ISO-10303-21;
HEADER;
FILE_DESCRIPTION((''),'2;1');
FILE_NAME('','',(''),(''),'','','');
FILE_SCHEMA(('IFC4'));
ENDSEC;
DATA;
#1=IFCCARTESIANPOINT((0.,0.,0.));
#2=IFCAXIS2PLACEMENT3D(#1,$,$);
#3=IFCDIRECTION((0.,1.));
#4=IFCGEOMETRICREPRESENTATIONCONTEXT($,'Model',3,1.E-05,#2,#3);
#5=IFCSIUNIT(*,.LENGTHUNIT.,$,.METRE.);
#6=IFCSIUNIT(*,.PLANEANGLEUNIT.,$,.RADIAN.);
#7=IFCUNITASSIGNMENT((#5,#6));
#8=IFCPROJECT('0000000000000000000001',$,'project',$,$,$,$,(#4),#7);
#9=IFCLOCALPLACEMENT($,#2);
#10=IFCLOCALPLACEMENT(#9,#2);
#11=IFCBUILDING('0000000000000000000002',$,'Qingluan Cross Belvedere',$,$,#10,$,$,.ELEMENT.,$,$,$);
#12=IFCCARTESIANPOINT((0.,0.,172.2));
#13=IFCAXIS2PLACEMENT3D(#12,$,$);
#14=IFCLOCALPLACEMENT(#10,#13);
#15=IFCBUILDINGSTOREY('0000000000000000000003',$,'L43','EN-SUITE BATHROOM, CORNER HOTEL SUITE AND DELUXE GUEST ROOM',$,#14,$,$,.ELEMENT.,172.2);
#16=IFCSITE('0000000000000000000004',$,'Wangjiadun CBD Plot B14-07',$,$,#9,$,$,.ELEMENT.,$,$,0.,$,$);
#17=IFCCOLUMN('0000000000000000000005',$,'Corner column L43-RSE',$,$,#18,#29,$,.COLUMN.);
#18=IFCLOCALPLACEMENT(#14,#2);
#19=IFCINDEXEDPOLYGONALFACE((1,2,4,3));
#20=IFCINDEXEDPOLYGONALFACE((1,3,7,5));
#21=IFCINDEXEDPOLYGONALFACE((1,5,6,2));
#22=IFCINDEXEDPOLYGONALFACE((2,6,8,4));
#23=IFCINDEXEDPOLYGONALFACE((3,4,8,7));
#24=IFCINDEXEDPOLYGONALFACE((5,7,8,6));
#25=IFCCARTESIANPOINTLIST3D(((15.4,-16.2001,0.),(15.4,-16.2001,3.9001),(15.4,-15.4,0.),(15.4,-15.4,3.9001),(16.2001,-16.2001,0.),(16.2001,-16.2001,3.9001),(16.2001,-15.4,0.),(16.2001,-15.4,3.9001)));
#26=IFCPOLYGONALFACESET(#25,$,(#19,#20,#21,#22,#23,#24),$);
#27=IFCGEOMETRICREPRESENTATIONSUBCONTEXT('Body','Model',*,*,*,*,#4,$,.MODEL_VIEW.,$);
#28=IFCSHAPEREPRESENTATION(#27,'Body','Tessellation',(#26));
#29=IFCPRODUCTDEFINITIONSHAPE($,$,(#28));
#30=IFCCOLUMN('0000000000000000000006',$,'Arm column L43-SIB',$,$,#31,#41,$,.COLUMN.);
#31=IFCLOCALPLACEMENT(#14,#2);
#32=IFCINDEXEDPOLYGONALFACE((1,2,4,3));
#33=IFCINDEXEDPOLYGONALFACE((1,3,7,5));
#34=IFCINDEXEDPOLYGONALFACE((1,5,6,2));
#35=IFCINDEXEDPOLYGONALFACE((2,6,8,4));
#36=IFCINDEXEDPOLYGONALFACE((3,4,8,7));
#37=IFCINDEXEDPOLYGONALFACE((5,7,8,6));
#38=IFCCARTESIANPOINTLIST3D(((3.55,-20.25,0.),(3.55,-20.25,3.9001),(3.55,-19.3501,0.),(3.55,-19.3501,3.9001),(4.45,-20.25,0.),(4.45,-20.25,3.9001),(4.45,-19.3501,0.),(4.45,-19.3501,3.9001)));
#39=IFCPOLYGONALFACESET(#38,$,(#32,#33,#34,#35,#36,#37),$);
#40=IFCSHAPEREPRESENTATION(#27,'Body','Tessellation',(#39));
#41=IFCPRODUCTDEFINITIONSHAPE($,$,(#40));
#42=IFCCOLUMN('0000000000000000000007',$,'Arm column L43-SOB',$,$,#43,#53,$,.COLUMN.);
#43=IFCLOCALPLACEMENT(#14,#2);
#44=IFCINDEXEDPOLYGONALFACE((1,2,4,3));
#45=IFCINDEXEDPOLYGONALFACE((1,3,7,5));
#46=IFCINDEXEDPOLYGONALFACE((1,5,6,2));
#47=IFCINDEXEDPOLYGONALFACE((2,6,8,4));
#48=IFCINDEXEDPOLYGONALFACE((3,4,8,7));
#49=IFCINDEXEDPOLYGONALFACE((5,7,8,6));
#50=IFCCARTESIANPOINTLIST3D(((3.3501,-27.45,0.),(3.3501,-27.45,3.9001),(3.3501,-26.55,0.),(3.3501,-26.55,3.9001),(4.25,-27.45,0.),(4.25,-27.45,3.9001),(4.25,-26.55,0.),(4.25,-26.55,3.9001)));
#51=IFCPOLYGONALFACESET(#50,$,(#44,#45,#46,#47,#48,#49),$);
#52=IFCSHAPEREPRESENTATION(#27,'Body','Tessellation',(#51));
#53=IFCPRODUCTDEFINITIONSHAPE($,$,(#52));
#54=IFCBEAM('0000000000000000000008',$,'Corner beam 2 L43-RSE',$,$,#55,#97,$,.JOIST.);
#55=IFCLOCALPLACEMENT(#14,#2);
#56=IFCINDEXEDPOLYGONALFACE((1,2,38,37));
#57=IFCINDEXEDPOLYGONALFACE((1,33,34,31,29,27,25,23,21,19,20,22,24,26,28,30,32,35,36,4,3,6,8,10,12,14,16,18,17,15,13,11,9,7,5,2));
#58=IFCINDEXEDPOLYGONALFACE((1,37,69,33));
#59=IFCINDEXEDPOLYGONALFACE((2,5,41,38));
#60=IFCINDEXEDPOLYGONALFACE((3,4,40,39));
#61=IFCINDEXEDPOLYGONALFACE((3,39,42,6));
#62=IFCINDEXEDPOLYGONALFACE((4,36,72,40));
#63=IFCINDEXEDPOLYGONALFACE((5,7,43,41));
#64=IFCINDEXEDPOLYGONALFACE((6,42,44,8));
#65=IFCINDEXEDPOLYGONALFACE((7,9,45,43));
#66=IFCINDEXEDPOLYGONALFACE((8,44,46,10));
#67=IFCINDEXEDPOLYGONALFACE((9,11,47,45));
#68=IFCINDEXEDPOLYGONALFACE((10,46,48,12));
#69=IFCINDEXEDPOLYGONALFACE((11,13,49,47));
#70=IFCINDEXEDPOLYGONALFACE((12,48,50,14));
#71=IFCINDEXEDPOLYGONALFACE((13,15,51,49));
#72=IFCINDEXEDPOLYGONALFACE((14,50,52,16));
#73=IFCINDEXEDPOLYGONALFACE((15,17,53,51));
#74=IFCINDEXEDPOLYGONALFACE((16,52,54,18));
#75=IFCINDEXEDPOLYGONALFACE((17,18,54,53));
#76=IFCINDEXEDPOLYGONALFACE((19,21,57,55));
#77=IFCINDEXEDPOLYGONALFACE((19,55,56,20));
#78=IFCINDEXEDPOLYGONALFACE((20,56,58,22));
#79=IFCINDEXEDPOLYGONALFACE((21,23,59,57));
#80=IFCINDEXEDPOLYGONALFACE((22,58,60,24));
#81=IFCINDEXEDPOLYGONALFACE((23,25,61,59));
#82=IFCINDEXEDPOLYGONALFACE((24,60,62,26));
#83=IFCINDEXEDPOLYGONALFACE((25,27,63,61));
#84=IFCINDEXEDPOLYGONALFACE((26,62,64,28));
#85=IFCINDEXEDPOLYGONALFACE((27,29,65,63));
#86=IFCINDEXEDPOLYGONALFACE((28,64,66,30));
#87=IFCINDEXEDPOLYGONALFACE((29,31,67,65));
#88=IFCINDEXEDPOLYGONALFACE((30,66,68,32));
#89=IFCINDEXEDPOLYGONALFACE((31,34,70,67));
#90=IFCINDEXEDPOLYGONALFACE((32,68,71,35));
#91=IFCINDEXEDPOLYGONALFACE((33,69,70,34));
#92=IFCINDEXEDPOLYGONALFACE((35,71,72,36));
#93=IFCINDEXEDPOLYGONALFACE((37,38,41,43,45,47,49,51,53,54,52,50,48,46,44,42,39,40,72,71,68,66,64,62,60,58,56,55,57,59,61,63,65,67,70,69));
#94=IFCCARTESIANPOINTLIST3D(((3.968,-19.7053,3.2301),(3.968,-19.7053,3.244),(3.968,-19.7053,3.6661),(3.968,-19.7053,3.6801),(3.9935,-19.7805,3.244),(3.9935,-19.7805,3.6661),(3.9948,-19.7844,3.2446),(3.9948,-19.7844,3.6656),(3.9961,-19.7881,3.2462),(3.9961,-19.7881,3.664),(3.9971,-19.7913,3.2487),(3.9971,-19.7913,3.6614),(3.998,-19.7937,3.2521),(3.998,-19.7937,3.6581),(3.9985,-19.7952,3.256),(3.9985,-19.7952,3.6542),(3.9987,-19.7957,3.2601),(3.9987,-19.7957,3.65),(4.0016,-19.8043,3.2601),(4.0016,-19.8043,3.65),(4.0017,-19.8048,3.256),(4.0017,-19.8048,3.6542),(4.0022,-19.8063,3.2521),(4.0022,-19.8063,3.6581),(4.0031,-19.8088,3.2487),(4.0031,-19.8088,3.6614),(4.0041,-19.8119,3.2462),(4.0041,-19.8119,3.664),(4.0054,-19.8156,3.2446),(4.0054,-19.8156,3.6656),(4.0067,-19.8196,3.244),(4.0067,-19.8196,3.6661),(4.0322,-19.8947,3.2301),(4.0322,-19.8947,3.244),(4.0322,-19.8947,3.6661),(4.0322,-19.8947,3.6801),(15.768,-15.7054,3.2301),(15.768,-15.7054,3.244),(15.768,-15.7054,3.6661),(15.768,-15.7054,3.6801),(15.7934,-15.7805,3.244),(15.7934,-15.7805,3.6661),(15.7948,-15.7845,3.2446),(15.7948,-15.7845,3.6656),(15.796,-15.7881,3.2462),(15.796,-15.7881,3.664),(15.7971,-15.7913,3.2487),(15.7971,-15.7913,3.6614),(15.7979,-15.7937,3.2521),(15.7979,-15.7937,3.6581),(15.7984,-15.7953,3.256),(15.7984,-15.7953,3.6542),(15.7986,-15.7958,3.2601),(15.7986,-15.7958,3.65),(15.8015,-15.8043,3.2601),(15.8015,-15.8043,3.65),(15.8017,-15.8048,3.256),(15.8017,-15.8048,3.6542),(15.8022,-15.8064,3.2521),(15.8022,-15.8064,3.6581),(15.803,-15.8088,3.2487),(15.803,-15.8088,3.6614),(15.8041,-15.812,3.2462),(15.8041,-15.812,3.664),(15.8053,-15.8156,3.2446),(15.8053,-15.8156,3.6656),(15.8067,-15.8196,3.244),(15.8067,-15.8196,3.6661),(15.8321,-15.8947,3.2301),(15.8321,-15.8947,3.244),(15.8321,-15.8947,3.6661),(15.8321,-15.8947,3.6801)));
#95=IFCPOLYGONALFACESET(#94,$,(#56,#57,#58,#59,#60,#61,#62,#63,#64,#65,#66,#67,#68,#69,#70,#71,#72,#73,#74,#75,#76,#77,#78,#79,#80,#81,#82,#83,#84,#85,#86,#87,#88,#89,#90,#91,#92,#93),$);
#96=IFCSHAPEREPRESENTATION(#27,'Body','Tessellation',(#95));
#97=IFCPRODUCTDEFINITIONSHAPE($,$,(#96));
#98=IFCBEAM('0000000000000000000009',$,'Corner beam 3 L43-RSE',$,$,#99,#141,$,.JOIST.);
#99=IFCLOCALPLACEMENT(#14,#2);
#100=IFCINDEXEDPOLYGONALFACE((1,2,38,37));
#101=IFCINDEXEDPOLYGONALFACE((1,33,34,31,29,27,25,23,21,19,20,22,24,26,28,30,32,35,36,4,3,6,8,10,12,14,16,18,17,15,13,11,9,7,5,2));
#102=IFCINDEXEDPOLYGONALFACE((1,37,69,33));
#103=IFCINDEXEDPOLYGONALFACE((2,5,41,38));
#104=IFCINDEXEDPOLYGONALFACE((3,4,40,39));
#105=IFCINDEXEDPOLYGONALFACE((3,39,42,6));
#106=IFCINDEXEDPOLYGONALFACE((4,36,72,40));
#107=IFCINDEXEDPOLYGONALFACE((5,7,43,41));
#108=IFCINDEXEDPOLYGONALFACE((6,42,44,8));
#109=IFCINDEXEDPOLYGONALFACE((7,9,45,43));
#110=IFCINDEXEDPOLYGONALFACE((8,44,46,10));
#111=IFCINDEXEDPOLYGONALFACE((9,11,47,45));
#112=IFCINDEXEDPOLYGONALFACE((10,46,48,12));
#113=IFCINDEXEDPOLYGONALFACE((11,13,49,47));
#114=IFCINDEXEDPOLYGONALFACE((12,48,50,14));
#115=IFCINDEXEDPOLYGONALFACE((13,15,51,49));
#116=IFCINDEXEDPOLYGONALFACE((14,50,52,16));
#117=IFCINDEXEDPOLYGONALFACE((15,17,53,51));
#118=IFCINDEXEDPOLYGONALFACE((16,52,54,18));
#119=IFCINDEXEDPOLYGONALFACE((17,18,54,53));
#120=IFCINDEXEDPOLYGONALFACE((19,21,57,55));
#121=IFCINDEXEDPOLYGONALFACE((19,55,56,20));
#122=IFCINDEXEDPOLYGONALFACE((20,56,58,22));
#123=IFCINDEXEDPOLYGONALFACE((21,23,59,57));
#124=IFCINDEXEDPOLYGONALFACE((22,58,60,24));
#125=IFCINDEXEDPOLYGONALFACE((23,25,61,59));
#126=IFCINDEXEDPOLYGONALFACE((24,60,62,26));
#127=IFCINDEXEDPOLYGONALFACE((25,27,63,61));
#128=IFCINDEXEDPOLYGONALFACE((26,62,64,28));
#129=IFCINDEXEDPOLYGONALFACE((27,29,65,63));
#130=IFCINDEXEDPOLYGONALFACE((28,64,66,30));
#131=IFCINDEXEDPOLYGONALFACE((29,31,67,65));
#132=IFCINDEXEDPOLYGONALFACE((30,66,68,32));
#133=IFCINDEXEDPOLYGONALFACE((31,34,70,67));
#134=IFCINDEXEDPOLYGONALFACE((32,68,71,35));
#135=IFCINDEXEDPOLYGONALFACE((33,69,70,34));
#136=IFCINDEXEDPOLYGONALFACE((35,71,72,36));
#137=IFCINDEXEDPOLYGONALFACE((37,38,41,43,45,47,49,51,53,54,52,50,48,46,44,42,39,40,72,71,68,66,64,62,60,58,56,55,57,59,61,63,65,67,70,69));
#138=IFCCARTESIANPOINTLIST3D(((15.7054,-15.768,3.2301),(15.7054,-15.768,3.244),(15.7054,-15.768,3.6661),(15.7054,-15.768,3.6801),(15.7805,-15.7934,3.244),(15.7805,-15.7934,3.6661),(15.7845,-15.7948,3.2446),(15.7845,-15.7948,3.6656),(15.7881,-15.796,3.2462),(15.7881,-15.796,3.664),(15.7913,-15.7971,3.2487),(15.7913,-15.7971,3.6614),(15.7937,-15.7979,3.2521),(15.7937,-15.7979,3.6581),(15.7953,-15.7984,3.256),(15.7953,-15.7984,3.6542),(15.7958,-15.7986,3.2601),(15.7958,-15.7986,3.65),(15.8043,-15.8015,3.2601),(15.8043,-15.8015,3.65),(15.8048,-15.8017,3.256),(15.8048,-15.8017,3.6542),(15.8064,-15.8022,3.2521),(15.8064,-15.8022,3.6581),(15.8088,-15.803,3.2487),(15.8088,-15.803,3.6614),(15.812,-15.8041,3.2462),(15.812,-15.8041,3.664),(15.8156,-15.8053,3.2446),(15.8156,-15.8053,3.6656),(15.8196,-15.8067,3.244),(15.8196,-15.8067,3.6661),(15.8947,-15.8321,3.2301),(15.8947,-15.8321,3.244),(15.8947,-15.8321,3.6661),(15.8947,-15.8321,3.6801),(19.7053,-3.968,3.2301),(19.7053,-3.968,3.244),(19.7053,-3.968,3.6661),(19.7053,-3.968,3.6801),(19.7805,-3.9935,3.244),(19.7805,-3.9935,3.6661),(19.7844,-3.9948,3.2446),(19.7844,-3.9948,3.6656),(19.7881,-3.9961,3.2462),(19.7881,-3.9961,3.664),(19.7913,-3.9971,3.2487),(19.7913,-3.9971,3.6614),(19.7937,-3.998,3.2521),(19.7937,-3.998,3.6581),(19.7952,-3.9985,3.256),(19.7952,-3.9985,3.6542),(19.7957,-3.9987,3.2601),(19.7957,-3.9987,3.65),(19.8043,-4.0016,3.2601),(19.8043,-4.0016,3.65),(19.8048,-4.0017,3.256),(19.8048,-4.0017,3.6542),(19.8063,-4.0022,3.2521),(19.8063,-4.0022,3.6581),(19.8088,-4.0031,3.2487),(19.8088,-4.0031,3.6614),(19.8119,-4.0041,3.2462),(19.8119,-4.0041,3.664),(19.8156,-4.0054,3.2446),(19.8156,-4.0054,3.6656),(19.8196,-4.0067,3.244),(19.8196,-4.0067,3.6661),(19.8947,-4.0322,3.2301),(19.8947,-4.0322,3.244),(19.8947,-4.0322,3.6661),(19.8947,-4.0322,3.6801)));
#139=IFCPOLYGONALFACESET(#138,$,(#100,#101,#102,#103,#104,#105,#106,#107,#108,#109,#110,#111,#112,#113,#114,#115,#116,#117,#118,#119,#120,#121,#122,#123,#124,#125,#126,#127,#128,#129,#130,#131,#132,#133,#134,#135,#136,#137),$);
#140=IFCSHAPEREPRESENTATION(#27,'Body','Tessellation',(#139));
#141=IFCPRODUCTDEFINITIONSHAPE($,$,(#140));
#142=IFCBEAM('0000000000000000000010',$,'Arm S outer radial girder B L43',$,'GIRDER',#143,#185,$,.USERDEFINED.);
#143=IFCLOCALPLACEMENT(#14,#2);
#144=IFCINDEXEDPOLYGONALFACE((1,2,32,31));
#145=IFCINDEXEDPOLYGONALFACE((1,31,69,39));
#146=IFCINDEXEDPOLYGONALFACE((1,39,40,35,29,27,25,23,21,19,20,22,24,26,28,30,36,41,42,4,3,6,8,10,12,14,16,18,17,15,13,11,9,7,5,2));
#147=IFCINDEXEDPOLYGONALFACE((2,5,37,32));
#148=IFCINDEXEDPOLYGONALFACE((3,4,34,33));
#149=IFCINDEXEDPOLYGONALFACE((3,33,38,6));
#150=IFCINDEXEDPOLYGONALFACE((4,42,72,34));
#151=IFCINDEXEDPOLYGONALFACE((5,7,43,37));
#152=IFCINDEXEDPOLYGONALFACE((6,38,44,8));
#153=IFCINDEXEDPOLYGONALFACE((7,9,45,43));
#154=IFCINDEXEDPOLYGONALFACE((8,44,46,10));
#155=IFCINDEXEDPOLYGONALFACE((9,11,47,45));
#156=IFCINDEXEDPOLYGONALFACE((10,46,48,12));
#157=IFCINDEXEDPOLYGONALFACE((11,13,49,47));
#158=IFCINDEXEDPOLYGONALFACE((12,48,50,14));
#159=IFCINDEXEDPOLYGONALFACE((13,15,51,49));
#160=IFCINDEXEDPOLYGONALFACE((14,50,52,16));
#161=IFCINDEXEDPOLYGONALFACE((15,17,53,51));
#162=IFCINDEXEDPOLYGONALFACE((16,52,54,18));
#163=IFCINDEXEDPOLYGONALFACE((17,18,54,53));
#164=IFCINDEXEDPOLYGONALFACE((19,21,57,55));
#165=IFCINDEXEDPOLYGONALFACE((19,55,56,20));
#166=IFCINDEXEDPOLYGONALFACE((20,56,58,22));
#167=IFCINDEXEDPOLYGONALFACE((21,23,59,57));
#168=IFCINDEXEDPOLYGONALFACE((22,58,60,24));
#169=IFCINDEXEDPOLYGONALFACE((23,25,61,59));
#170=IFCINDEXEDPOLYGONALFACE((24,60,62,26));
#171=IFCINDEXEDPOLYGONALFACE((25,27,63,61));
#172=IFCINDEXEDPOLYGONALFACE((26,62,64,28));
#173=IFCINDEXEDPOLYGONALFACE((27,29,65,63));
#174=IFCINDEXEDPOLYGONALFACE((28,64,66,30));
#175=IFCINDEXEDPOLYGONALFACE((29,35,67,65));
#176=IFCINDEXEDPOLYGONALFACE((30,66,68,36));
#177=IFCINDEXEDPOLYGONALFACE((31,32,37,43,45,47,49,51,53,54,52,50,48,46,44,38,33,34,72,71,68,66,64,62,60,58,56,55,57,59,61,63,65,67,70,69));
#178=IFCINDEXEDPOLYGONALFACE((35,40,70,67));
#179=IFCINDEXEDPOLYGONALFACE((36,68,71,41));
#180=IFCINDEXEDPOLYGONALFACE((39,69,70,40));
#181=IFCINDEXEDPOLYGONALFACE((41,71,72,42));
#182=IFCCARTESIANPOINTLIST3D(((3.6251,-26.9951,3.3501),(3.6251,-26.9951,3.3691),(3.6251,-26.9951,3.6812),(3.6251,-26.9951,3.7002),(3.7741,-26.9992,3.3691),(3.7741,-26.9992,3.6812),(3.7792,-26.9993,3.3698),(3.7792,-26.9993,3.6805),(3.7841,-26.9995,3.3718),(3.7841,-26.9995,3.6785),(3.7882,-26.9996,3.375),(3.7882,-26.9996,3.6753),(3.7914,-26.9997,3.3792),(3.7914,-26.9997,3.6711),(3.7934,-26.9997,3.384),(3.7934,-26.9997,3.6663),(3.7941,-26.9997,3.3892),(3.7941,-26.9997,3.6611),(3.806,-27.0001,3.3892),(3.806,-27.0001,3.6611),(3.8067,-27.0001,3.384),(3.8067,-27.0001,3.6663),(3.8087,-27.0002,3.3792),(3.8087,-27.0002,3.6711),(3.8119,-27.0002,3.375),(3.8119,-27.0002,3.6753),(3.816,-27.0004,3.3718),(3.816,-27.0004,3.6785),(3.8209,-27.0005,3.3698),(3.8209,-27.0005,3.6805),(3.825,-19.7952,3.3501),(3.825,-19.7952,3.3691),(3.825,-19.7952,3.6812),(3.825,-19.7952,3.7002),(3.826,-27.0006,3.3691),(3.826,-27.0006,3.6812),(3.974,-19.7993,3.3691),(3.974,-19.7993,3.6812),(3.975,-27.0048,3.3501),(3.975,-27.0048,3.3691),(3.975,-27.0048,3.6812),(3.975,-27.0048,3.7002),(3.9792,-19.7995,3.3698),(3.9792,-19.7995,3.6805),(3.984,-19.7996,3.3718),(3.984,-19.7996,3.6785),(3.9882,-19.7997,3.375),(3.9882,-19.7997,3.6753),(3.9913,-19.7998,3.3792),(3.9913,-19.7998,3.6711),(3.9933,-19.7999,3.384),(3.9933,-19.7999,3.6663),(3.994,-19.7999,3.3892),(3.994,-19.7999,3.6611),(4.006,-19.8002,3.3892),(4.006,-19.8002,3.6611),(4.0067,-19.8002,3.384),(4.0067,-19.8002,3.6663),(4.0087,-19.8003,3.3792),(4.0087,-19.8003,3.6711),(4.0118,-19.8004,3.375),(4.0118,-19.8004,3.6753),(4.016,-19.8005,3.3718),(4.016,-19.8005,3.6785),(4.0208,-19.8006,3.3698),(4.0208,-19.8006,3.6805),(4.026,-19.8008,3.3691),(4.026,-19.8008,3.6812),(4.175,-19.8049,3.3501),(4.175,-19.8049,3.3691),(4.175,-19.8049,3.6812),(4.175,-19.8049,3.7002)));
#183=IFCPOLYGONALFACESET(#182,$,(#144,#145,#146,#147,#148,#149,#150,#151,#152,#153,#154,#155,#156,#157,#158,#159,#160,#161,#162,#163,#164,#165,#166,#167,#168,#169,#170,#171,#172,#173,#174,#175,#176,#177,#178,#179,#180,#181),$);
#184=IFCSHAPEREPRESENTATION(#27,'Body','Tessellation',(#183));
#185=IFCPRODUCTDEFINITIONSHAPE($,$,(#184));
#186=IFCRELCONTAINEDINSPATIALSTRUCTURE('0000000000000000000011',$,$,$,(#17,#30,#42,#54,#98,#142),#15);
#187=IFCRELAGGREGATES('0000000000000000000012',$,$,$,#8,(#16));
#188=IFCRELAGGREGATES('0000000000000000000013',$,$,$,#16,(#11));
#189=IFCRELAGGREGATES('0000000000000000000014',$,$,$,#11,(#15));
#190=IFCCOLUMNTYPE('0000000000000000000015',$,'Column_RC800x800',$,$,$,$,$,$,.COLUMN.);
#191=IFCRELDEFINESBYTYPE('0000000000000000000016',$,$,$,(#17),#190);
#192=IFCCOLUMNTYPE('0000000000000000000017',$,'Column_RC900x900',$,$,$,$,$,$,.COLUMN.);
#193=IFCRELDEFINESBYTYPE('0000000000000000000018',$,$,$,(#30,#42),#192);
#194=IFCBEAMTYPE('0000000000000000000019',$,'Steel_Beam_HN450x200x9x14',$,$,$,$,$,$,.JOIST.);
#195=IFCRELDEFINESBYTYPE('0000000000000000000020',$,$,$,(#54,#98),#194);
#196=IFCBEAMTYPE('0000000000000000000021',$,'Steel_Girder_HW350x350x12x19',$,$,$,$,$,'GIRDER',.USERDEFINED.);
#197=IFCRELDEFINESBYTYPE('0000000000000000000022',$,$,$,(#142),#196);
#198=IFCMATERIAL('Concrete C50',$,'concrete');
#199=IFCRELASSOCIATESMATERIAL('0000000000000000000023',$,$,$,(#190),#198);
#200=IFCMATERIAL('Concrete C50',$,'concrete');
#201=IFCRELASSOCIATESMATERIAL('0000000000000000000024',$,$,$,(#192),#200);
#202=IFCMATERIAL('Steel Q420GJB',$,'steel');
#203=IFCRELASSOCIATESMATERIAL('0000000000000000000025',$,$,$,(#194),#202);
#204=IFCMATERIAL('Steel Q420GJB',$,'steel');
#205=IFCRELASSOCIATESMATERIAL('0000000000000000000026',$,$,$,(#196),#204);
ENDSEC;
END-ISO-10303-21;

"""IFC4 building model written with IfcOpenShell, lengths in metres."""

from ifc_helpers import new_model, si_unit, direction, frame, origin, origin_2d, place, context, subcontext, project, spatial, rectangle, i_section, extrude, material, material_profile, profile_set, type_object, element, save


model = new_model("IFC4")

# Units and contexts
model_context = context("Model", 3, precision=1e-05, world=origin(), true_north=direction((0.0, 1.0)))
body_context = subcontext(model_context, "Body", "Model", "MODEL_VIEW")
ifc_project = project(units=[si_unit("LENGTHUNIT", "METRE"), si_unit("PLANEANGLEUNIT", "RADIAN")], contexts=[model_context])

# Site, building, storey
site_placement = place(None, origin())
site = spatial("IfcSite", under=ifc_project, at=site_placement, Name="Wangjiadun CBD Plot B14-07", CompositionType="ELEMENT", RefElevation=0.0)
building_placement = place(site_placement, origin())
building = spatial("IfcBuilding", under=site, at=building_placement, Name="Qingluan Cross Belvedere", CompositionType="ELEMENT")
storey_placement = place(building_placement, frame((0.0, 0.0, 172.2)))
storey = spatial("IfcBuildingStorey", under=building, at=storey_placement, Name="L43", Description="EN-SUITE BATHROOM, CORNER HOTEL SUITE AND DELUXE GUEST ROOM", CompositionType="ELEMENT", Elevation=172.2)

# Columns
ifc_material_1 = material(Name="Concrete C50", Category="concrete")
ifc_material_profile_1 = material_profile(ifc_material_1, rectangle(XDim=0.8, YDim=0.8, at=origin_2d()), Name="RC800x800")
ifc_profile_set_1 = profile_set([ifc_material_profile_1], Name="Concrete C50")
column_type_1 = type_object("IfcColumnType", Name="Column_RC800x800", PredefinedType="COLUMN", material=ifc_profile_set_1)
column_placement = place(storey_placement, frame((15.8, -15.8, 0.0), z_axis=(0.0, 0.0, 1.0), x_axis=(1.0, 0.0, 0.0)))
element("IfcColumn", 1, at=column_placement, inside=storey, type_object=column_type_1, Name="Corner column L43-RSE", PredefinedType="COLUMN", context=body_context, shape_type="SweptSolid", body=[
    extrude(rectangle(XDim=0.8, YDim=0.8, at=origin_2d()), origin(), (0.0, 0.0, 1.0), 3.9001),
])
ifc_material_2 = material(Name="Concrete C50", Category="concrete")
ifc_material_profile_2 = material_profile(ifc_material_2, rectangle(XDim=0.8999, YDim=0.8999, at=origin_2d()), Name="RC900x900")
ifc_profile_set_2 = profile_set([ifc_material_profile_2], Name="Concrete C50")
column_type_2 = type_object("IfcColumnType", Name="Column_RC900x900", PredefinedType="COLUMN", material=ifc_profile_set_2)
for number, where, z_axis, x_axis, name in (
    (2, (4.0, -19.8, 0.0), (0.0, 0.0, 1.0), (1.0, 0.0, 0.0), "Arm column L43-SIB"),
    (3, (3.8, -27.0, 0.0), (0.0, 0.0, 1.0), (1.0, 0.0, 0.0), "Arm column L43-SOB"),
):
    element("IfcColumn", number, at=place(storey_placement, frame(where, z_axis=z_axis, x_axis=x_axis)), inside=storey, type_object=column_type_2, Name=name, PredefinedType="COLUMN", context=body_context, shape_type="SweptSolid", body=[
        extrude(rectangle(XDim=0.8999, YDim=0.8999, at=origin_2d()), origin(), (0.0, 0.0, 1.0), 3.9001),
    ])

# Beams
ifc_material_3 = material(Name="Steel Q420GJB", Category="steel")
ifc_material_profile_3 = material_profile(ifc_material_3, i_section(OverallWidth=0.2, OverallDepth=0.45, WebThickness=0.009, FlangeThickness=0.0139, FilletRadius=0.0161, at=origin_2d()), Name="HN450x200x9x14")
ifc_profile_set_3 = profile_set([ifc_material_profile_3], Name="Steel Q420GJB")
beam_type_1 = type_object("IfcBeamType", Name="Steel_Beam_HN450x200x9x14", PredefinedType="JOIST", material=ifc_profile_set_3)
for number, where, z_axis, x_axis, name in (
    (4, (15.8, -15.8, 3.4551), (-0.947066, -0.321038, 0.0), (0.321038, -0.947066, 0.0), "Corner beam 2 L43-RSE"),
    (5, (15.8, -15.8, 3.4551), (0.321038, 0.947066, 0.0), (-0.947066, 0.321038, 0.0), "Corner beam 3 L43-RSE"),
):
    element("IfcBeam", number, at=place(storey_placement, frame(where, z_axis=z_axis, x_axis=x_axis)), inside=storey, type_object=beam_type_1, Name=name, PredefinedType="JOIST", context=body_context, shape_type="SweptSolid", body=[
        extrude(i_section(OverallWidth=0.2, OverallDepth=0.45, WebThickness=0.009, FlangeThickness=0.0139, FilletRadius=0.0161, at=origin_2d()), origin(), (0.0, 0.0, 1.0), 12.4595),
    ])
ifc_material_4 = material(Name="Steel Q420GJB", Category="steel")
ifc_material_profile_4 = material_profile(ifc_material_4, i_section(OverallWidth=0.3501, OverallDepth=0.3501, WebThickness=0.012, FlangeThickness=0.019, FilletRadius=0.02, at=origin_2d()), Name="HW350x350x12x19")
ifc_profile_set_4 = profile_set([ifc_material_profile_4], Name="Steel Q420GJB")
beam_type_2 = type_object("IfcBeamType", Name="Steel_Girder_HW350x350x12x19", ElementType="GIRDER", PredefinedType="USERDEFINED", material=ifc_profile_set_4)
beam_placement = place(storey_placement, frame((4.0, -19.8, 3.5251), z_axis=(-0.02776, -0.999615, 0.0), x_axis=(0.999615, -0.02776, 0.0)))
element("IfcBeam", 6, at=beam_placement, inside=storey, type_object=beam_type_2, Name="Arm S outer radial girder B L43", ObjectType="GIRDER", PredefinedType="USERDEFINED", context=body_context, shape_type="SweptSolid", body=[
    extrude(i_section(OverallWidth=0.3501, OverallDepth=0.3501, WebThickness=0.012, FlangeThickness=0.019, FilletRadius=0.02, at=origin_2d()), origin(), (0.0, 0.0, 1.0), 7.2026),
])

save(model, "model.ifc")
